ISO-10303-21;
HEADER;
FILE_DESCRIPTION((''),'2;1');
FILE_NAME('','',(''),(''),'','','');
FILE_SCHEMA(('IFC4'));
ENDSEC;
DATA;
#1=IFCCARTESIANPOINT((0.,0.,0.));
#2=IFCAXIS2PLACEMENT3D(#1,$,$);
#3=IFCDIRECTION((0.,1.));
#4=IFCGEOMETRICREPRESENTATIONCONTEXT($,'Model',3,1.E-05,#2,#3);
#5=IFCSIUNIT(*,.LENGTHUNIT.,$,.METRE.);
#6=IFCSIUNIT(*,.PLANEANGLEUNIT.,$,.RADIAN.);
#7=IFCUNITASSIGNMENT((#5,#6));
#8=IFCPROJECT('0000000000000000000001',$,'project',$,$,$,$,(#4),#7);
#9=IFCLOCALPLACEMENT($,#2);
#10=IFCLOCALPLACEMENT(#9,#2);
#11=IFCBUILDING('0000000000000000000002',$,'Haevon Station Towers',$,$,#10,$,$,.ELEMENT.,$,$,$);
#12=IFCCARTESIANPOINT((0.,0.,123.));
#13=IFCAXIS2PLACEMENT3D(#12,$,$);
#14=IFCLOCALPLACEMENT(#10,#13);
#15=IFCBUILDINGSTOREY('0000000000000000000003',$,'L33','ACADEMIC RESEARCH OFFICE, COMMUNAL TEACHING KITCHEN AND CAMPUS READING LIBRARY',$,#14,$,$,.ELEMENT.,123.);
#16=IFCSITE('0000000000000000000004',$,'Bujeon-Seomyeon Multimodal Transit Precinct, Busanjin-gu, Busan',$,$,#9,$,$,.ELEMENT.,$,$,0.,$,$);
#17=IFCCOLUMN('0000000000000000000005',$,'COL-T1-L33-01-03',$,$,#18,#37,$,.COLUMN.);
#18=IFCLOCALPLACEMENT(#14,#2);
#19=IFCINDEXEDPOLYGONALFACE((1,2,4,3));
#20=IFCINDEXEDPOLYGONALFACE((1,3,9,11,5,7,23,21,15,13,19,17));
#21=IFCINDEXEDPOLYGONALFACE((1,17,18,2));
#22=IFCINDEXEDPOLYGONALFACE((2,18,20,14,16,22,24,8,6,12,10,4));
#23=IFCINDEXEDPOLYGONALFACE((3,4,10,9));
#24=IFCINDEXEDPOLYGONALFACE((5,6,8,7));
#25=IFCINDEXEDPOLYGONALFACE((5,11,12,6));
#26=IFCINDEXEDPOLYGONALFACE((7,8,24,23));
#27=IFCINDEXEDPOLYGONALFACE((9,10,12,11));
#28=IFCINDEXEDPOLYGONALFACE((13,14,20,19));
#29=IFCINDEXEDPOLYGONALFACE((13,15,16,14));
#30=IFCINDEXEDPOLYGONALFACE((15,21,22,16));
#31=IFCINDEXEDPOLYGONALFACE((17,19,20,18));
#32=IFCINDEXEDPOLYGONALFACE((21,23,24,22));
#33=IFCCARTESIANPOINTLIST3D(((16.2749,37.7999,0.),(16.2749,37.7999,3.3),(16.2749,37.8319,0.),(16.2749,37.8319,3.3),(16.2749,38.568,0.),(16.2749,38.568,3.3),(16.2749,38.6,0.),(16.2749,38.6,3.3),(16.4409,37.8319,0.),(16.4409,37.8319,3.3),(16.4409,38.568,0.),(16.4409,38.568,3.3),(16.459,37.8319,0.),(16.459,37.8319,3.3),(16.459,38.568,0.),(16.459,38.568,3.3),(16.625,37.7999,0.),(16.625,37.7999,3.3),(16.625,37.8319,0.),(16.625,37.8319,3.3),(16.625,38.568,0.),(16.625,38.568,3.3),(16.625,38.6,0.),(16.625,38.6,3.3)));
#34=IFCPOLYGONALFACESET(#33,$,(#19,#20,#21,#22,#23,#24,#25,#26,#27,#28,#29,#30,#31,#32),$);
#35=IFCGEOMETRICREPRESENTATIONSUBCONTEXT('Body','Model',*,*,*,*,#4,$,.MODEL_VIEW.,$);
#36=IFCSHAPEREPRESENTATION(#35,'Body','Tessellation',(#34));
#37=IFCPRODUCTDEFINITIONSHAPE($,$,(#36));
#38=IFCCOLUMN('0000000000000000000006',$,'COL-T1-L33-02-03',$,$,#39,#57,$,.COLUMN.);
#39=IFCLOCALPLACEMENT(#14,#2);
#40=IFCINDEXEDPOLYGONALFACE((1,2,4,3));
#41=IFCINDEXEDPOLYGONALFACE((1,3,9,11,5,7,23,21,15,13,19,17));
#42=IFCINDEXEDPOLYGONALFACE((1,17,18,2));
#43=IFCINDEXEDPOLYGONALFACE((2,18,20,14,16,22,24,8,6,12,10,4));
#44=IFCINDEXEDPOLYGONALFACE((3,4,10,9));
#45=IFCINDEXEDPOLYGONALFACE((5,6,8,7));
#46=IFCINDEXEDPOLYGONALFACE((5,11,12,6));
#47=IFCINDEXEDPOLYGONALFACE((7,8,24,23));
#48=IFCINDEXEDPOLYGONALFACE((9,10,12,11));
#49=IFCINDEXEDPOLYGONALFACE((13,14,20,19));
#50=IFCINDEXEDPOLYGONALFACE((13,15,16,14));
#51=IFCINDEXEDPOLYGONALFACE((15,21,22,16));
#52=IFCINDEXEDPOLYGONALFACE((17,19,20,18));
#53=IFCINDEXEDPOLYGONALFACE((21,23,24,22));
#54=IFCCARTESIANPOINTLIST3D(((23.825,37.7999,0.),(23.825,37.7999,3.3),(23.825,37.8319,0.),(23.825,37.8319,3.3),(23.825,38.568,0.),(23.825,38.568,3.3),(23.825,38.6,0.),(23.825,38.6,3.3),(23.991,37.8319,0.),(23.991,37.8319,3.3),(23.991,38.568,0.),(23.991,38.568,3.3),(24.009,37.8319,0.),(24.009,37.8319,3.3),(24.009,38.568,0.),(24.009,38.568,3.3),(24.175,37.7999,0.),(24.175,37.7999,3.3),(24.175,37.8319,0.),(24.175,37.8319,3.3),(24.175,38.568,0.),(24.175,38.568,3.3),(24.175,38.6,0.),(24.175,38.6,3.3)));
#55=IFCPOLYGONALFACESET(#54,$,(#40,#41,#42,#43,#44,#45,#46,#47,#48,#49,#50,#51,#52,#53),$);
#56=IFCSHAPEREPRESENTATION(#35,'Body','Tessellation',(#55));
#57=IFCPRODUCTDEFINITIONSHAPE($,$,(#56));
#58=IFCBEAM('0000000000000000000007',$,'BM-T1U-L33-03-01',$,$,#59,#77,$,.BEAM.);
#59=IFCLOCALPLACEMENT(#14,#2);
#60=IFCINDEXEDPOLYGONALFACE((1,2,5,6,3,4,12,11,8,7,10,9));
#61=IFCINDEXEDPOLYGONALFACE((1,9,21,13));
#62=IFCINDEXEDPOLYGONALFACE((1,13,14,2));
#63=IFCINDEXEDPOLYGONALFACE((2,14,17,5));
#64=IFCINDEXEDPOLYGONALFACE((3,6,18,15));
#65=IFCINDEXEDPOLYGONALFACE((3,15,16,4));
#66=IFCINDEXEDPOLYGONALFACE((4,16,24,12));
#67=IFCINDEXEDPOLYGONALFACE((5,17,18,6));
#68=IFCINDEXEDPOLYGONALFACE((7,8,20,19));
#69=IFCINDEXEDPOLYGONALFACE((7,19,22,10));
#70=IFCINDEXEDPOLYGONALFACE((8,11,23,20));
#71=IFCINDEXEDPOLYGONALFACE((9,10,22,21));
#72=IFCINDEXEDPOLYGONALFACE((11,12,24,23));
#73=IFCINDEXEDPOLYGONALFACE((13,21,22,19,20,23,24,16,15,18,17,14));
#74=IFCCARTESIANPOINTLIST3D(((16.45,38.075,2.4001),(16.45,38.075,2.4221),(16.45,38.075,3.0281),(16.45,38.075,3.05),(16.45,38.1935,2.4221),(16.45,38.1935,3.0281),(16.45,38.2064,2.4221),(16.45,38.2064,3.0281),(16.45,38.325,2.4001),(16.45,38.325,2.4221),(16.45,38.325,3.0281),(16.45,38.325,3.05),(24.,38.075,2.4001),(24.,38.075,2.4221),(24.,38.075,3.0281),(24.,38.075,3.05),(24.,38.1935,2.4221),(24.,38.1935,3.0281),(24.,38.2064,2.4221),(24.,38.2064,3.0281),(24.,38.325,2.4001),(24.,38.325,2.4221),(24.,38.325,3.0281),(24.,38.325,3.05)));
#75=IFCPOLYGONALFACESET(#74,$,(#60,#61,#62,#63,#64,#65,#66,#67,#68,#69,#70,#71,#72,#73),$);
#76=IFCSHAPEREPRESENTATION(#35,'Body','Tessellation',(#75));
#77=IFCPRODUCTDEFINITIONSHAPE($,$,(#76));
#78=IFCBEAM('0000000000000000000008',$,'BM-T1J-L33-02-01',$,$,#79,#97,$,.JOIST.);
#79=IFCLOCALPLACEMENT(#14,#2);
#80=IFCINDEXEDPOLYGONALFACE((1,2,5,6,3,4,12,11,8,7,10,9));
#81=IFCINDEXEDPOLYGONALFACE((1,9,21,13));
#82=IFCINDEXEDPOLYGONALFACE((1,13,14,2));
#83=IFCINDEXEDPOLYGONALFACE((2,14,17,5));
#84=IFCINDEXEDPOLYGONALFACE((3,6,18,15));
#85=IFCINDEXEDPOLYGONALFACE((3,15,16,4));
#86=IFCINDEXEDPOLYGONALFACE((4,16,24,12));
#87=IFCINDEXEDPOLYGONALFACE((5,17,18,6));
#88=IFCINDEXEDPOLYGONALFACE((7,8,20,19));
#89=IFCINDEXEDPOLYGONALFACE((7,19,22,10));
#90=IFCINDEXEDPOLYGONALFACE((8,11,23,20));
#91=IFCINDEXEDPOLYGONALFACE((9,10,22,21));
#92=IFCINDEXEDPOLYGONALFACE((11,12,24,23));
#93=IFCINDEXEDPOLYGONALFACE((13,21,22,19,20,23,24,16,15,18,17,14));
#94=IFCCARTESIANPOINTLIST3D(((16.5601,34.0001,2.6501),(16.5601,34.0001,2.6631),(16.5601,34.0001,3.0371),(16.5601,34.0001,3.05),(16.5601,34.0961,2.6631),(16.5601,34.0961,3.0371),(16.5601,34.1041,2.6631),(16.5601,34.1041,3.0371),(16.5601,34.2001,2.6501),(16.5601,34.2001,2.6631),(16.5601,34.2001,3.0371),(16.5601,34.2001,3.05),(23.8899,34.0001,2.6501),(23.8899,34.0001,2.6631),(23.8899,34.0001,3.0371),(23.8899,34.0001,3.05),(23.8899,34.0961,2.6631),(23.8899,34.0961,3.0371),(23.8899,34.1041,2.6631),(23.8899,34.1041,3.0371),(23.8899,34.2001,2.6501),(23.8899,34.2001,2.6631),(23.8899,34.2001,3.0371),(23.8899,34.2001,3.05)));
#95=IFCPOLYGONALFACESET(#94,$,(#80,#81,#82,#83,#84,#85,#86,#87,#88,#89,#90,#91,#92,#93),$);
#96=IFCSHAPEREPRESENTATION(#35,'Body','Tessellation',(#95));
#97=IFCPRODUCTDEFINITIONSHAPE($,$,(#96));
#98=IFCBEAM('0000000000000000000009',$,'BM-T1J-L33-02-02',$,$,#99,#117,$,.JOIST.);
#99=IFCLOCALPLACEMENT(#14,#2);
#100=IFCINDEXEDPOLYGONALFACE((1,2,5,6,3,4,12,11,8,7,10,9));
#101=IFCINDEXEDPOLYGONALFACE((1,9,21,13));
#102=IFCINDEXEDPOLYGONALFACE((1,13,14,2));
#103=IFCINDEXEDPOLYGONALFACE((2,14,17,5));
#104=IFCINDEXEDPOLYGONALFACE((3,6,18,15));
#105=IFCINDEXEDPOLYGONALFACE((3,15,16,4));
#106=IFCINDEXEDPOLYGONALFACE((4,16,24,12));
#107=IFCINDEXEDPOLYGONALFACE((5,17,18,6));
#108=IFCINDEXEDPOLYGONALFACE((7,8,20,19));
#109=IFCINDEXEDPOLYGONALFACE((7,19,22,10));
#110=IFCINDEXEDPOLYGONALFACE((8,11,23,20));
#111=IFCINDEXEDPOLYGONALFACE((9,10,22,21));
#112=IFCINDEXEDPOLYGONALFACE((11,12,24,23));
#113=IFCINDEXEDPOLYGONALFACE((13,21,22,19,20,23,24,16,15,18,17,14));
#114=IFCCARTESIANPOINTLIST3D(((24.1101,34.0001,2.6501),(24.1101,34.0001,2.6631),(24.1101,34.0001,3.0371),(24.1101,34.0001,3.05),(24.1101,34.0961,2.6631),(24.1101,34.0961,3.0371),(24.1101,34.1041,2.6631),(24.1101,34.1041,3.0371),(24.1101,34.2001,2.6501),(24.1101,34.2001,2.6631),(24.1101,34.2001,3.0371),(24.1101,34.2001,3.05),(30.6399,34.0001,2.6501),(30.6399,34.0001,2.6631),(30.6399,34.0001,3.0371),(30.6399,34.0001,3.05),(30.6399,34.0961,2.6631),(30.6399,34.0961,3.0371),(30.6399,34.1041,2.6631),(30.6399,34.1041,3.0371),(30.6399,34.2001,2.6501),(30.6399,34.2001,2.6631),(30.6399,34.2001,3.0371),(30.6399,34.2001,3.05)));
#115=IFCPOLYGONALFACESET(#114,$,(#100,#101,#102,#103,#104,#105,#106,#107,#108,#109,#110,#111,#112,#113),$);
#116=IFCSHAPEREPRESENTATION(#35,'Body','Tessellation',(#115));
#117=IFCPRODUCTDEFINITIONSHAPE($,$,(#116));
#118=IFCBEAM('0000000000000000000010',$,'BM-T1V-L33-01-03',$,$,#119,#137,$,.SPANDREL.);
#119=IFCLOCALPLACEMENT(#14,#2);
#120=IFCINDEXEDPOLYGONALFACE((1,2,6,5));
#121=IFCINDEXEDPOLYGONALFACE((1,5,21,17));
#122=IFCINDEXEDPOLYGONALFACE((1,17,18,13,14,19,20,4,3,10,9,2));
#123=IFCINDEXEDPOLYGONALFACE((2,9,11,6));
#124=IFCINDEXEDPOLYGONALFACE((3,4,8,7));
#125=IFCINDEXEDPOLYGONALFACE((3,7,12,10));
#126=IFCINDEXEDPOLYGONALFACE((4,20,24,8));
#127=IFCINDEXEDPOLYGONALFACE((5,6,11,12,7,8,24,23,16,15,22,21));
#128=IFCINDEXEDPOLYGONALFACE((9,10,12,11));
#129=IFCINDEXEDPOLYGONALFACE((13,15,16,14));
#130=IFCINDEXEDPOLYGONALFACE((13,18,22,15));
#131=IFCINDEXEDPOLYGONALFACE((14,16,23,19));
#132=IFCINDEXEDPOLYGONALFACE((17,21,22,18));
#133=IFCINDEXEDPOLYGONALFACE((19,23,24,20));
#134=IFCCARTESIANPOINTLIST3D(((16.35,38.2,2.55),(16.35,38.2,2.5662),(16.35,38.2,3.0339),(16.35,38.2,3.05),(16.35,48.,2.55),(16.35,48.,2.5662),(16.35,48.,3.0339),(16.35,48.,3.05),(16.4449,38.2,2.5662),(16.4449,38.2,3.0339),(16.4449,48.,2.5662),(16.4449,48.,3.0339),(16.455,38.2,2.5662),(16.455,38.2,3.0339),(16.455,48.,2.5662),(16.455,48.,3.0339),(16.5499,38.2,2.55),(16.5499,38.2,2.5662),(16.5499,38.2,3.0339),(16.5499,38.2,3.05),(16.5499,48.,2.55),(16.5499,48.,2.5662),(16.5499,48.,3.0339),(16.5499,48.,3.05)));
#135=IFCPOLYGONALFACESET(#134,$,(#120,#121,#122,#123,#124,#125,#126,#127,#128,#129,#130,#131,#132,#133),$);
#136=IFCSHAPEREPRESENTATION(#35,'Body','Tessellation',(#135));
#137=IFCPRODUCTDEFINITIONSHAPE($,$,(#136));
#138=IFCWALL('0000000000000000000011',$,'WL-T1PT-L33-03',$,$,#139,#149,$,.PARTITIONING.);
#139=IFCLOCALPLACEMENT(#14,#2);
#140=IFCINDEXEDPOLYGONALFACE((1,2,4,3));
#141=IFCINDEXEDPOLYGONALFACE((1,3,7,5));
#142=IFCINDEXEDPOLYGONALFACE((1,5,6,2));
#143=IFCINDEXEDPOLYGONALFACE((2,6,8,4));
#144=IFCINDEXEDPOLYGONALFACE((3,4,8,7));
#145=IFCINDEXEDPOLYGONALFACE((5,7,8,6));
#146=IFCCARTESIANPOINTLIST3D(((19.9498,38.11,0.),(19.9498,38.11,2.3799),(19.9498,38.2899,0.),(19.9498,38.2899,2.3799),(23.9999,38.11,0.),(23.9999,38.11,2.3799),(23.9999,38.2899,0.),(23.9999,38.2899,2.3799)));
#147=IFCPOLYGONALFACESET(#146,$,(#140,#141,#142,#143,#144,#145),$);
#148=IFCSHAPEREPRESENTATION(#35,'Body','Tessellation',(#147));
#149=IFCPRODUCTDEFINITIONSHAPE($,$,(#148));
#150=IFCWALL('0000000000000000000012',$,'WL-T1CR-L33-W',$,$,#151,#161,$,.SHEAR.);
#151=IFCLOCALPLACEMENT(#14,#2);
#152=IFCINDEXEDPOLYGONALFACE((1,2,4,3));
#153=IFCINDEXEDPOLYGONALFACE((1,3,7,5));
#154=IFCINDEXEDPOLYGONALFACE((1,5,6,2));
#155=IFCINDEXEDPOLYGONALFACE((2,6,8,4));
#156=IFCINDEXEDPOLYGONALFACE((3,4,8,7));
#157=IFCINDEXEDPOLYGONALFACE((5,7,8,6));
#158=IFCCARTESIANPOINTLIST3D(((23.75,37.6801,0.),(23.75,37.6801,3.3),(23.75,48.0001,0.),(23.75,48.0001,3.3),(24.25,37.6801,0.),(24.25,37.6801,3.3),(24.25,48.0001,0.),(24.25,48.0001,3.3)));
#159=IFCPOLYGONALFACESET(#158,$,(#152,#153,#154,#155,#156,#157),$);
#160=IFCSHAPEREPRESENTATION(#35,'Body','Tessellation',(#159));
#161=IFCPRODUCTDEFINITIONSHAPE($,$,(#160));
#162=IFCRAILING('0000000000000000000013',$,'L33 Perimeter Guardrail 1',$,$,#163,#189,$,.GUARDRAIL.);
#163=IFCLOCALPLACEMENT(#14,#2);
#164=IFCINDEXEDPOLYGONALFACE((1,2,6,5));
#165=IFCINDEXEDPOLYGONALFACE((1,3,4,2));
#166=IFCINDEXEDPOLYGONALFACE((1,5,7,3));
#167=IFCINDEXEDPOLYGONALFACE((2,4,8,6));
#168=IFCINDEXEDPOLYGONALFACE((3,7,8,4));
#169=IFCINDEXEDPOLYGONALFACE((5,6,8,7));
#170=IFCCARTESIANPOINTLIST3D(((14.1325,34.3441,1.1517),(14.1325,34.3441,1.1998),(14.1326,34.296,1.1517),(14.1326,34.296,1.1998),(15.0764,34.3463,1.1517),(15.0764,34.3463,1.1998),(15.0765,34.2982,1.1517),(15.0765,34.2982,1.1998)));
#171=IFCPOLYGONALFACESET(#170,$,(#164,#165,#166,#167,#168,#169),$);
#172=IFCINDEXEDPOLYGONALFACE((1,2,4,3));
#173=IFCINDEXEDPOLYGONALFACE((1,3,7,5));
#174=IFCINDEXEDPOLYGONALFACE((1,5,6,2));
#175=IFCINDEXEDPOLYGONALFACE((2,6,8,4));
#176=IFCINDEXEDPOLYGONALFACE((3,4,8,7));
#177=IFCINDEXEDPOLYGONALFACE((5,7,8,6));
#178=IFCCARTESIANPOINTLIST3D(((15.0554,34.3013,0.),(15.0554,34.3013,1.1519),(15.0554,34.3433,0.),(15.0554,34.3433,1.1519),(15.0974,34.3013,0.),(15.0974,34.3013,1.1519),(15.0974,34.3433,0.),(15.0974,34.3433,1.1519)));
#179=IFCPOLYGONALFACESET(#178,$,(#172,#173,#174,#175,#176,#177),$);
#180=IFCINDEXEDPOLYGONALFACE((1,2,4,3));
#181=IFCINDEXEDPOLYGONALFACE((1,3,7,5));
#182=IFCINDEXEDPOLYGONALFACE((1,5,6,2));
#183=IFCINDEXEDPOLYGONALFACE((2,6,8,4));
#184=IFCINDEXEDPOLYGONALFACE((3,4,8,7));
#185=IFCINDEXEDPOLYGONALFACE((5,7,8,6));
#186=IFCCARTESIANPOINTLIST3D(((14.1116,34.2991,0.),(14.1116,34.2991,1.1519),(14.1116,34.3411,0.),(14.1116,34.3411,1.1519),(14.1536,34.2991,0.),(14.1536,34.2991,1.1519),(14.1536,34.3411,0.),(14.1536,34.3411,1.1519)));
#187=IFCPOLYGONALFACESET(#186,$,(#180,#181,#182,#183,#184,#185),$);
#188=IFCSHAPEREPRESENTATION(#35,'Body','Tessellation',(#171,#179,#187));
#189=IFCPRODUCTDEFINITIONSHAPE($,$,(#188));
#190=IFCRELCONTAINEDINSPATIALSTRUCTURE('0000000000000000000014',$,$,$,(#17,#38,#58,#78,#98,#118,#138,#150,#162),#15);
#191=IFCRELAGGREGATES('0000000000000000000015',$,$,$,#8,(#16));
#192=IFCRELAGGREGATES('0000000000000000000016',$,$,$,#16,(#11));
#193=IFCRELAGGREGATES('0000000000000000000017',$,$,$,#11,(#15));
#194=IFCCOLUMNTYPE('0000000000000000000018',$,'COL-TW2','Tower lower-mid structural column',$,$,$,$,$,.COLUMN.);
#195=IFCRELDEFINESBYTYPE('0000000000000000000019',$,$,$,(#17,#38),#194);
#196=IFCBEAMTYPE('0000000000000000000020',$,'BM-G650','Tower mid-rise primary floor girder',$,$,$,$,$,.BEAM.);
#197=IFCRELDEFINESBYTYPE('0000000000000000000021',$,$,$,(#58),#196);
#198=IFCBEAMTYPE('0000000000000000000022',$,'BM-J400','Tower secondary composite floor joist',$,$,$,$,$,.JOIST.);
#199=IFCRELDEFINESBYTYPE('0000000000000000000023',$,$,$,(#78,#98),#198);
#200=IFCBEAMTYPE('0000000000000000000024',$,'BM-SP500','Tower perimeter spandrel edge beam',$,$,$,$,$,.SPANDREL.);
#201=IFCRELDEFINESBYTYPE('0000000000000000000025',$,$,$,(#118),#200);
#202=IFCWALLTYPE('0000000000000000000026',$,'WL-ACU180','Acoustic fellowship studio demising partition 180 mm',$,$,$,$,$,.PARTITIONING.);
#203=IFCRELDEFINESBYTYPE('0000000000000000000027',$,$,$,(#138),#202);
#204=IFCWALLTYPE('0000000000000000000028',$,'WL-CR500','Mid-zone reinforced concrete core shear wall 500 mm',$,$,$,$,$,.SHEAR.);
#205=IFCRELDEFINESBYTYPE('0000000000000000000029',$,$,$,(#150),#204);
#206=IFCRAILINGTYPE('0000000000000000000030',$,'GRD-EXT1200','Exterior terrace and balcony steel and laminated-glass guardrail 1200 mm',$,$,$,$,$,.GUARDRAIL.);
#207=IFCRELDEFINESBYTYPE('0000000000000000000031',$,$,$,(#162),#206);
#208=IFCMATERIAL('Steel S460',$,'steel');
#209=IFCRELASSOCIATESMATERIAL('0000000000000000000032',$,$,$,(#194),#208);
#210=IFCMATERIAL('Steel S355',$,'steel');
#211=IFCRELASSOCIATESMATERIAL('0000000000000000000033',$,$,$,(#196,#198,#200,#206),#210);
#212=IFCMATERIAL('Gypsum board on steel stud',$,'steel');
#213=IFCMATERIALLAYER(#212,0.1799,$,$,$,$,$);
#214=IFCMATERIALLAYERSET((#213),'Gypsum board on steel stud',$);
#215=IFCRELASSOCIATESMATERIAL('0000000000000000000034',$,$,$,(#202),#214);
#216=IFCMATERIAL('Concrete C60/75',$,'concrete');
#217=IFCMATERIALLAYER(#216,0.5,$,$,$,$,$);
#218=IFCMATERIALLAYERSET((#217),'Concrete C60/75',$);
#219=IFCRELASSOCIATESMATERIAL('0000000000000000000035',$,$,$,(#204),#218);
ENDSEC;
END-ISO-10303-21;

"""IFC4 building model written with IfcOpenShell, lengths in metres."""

from ifc_helpers import new_model, si_unit, direction, frame, frame_2d, origin, origin_2d, place, context, subcontext, project, spatial, rectangle, i_section, extrude, material, layer, layer_set, material_profile, profile_set, type_object, element, save


model = new_model("IFC4")

# Units and contexts
model_context = context("Model", 3, precision=1e-05, world=origin(), true_north=direction((0.0, 1.0)))
body_context = subcontext(model_context, "Body", "Model", "MODEL_VIEW")
ifc_project = project(units=[si_unit("LENGTHUNIT", "METRE"), si_unit("PLANEANGLEUNIT", "RADIAN")], contexts=[model_context])

# Site, building, storey
site_placement = place(None, origin())
site = spatial("IfcSite", under=ifc_project, at=site_placement, Name="Bujeon-Seomyeon Multimodal Transit Precinct, Busanjin-gu, Busan", CompositionType="ELEMENT", RefElevation=0.0)
building_placement = place(site_placement, origin())
building = spatial("IfcBuilding", under=site, at=building_placement, Name="Haevon Station Towers", CompositionType="ELEMENT")
storey_placement = place(building_placement, frame((0.0, 0.0, 123.0)))
storey = spatial("IfcBuildingStorey", under=building, at=storey_placement, Name="L33", Description="ACADEMIC RESEARCH OFFICE, COMMUNAL TEACHING KITCHEN AND CAMPUS READING LIBRARY", CompositionType="ELEMENT", Elevation=123.0)

# Columns
ifc_material_1 = material(Name="Steel S460", Category="steel")
ifc_material_profile_1 = material_profile(ifc_material_1, i_section(OverallWidth=0.3501, OverallDepth=0.8, WebThickness=0.0181, FlangeThickness=0.032, at=origin_2d()), Name="H-800x350x18x32")
ifc_profile_set_1 = profile_set([ifc_material_profile_1], Name="Steel S460")
column_type = type_object("IfcColumnType", Name="COL-TW2", Description="Tower lower-mid structural column", PredefinedType="COLUMN", material=ifc_profile_set_1)
for number, where, z_axis, x_axis, name in (
    (1, (16.45, 38.2, 0.0), (0.0, 0.0, 1.0), (1.0, 0.0, 0.0), "COL-T1-L33-01-03"),
    (2, (24.0, 38.2, 0.0), (0.0, 0.0, 1.0), (1.0, 0.0, 0.0), "COL-T1-L33-02-03"),
):
    element("IfcColumn", number, at=place(storey_placement, frame(where, z_axis=z_axis, x_axis=x_axis)), inside=storey, type_object=column_type, Name=name, PredefinedType="COLUMN", context=body_context, shape_type="SweptSolid", body=[
        extrude(i_section(OverallWidth=0.3501, OverallDepth=0.8, WebThickness=0.0181, FlangeThickness=0.032, at=origin_2d()), origin(), (0.0, 0.0, 1.0), 3.3),
    ])

# Beams
ifc_material_2 = material(Name="Steel S355", Category="steel")
ifc_material_profile_2 = material_profile(ifc_material_2, i_section(OverallWidth=0.25, OverallDepth=0.6499, WebThickness=0.0129, FlangeThickness=0.022, at=origin_2d()), Name="H-650x250x13x22")
ifc_profile_set_2 = profile_set([ifc_material_profile_2], Name="Steel S355")
beam_type_1 = type_object("IfcBeamType", Name="BM-G650", Description="Tower mid-rise primary floor girder", PredefinedType="BEAM", material=ifc_profile_set_2)
beam_1_placement = place(storey_placement, frame((16.45, 38.2, 2.7251), z_axis=(1.0, 0.0, 0.0), x_axis=(0.0, 1.0, 0.0)))
element("IfcBeam", 3, at=beam_1_placement, inside=storey, type_object=beam_type_1, Name="BM-T1U-L33-03-01", PredefinedType="BEAM", context=body_context, shape_type="SweptSolid", body=[
    extrude(i_section(OverallWidth=0.25, OverallDepth=0.6499, WebThickness=0.0129, FlangeThickness=0.022, at=origin_2d()), origin(), (0.0, 0.0, 1.0), 7.55),
])
ifc_material_profile_3 = material_profile(ifc_material_2, i_section(OverallWidth=0.2, OverallDepth=0.3999, WebThickness=0.0081, FlangeThickness=0.0129, at=origin_2d()), Name="H-400x200x8x13")
ifc_profile_set_3 = profile_set([ifc_material_profile_3], Name="Steel S355")
beam_type_2 = type_object("IfcBeamType", Name="BM-J400", Description="Tower secondary composite floor joist", PredefinedType="JOIST", material=ifc_profile_set_3)
beam_2_placement = place(storey_placement, frame((16.5601, 34.1001, 2.8501), z_axis=(1.0, 0.0, 0.0), x_axis=(0.0, 1.0, 0.0)))
element("IfcBeam", 4, at=beam_2_placement, inside=storey, type_object=beam_type_2, Name="BM-T1J-L33-02-01", PredefinedType="JOIST", context=body_context, shape_type="SweptSolid", body=[
    extrude(i_section(OverallWidth=0.2, OverallDepth=0.3999, WebThickness=0.0081, FlangeThickness=0.0129, at=origin_2d()), origin(), (0.0, 0.0, 1.0), 7.3298),
])
beam_3_placement = place(storey_placement, frame((24.1101, 34.1001, 2.8501), z_axis=(1.0, 0.0, 0.0), x_axis=(0.0, 1.0, 0.0)))
element("IfcBeam", 5, at=beam_3_placement, inside=storey, type_object=beam_type_2, Name="BM-T1J-L33-02-02", PredefinedType="JOIST", context=body_context, shape_type="SweptSolid", body=[
    extrude(i_section(OverallWidth=0.2, OverallDepth=0.3999, WebThickness=0.0081, FlangeThickness=0.0129, at=origin_2d()), origin(), (0.0, 0.0, 1.0), 6.5298),
])
ifc_material_profile_4 = material_profile(ifc_material_2, i_section(OverallWidth=0.2, OverallDepth=0.5, WebThickness=0.01, FlangeThickness=0.0161, at=origin_2d()), Name="H-500x200x10x16")
ifc_profile_set_4 = profile_set([ifc_material_profile_4], Name="Steel S355")
beam_type_3 = type_object("IfcBeamType", Name="BM-SP500", Description="Tower perimeter spandrel edge beam", PredefinedType="SPANDREL", material=ifc_profile_set_4)
beam_4_placement = place(storey_placement, frame((16.45, 38.2, 2.8), z_axis=(0.0, 1.0, 0.0), x_axis=(-1.0, 0.0, 0.0)))
element("IfcBeam", 6, at=beam_4_placement, inside=storey, type_object=beam_type_3, Name="BM-T1V-L33-01-03", PredefinedType="SPANDREL", context=body_context, shape_type="SweptSolid", body=[
    extrude(i_section(OverallWidth=0.2, OverallDepth=0.5, WebThickness=0.01, FlangeThickness=0.0161, at=origin_2d()), origin(), (0.0, 0.0, 1.0), 9.8),
])

# Wall
ifc_material_3 = material(Name="Gypsum board on steel stud", Category="steel")
ifc_layer_1 = layer(ifc_material_3, 0.1799)
ifc_layer_set_1 = layer_set([ifc_layer_1], Name="Gypsum board on steel stud")
wall_type_1 = type_object("IfcWallType", Name="WL-ACU180", Description="Acoustic fellowship studio demising partition 180 mm", PredefinedType="PARTITIONING", material=ifc_layer_set_1)
wall_1_placement = place(storey_placement, frame((19.95, 38.2, 0.0), z_axis=(0.0, 0.0, 1.0), x_axis=(1.0, 0.0, 0.0)))
element("IfcWall", 7, at=wall_1_placement, inside=storey, type_object=wall_type_1, Name="WL-T1PT-L33-03", PredefinedType="PARTITIONING", context=body_context, shape_type="SweptSolid", body=[
    extrude(rectangle(XDim=4.05, YDim=0.1799, at=frame_2d((2.0249, 0.0))), origin(), (0.0, 0.0, 1.0), 2.3799),
])

# Wall
ifc_material_4 = material(Name="Concrete C60/75", Category="concrete")
ifc_layer_2 = layer(ifc_material_4, 0.5)
ifc_layer_set_2 = layer_set([ifc_layer_2], Name="Concrete C60/75")
wall_type_2 = type_object("IfcWallType", Name="WL-CR500", Description="Mid-zone reinforced concrete core shear wall 500 mm", PredefinedType="SHEAR", material=ifc_layer_set_2)
wall_2_placement = place(storey_placement, frame((24.0, 37.6799, 0.0), z_axis=(0.0, 0.0, 1.0), x_axis=(0.0, 1.0, 0.0)))
element("IfcWall", 8, at=wall_2_placement, inside=storey, type_object=wall_type_2, Name="WL-T1CR-L33-W", PredefinedType="SHEAR", context=body_context, shape_type="SweptSolid", body=[
    extrude(rectangle(XDim=10.3201, YDim=0.5, at=frame_2d((5.1602, 0.0))), origin(), (0.0, 0.0, 1.0), 3.3),
])

# Railing
railing_type = type_object("IfcRailingType", Name="GRD-EXT1200", Description="Exterior terrace and balcony steel and laminated-glass guardrail 1200 mm", PredefinedType="GUARDRAIL", material=ifc_material_2)
railing_1_placement = place(storey_placement, frame((15.0764, 34.3223, 0.0)))
element("IfcRailing", 9, at=railing_1_placement, inside=storey, type_object=railing_type, Name="L33 Perimeter Guardrail 1", PredefinedType="GUARDRAIL", context=body_context, shape_type="SweptSolid", body=[
    extrude(rectangle(XDim=0.0481, YDim=0.0481, at=origin_2d()), frame((0.0, 0.0, 1.1758), z_axis=(-0.999997, -0.002328, 0.0), x_axis=(0.002328, -0.999997, 0.0)), (0.0, 0.0, 1.0), 0.9438),
    extrude(rectangle(XDim=0.042, YDim=0.042, at=origin_2d()), origin(), (0.0, 0.0, 1.0), 1.1519),
    extrude(rectangle(XDim=0.042, YDim=0.042, at=origin_2d()), frame((-0.9438, -0.0022, 0.0)), (0.0, 0.0, 1.0), 1.1519),
])

save(model, "model.ifc")
